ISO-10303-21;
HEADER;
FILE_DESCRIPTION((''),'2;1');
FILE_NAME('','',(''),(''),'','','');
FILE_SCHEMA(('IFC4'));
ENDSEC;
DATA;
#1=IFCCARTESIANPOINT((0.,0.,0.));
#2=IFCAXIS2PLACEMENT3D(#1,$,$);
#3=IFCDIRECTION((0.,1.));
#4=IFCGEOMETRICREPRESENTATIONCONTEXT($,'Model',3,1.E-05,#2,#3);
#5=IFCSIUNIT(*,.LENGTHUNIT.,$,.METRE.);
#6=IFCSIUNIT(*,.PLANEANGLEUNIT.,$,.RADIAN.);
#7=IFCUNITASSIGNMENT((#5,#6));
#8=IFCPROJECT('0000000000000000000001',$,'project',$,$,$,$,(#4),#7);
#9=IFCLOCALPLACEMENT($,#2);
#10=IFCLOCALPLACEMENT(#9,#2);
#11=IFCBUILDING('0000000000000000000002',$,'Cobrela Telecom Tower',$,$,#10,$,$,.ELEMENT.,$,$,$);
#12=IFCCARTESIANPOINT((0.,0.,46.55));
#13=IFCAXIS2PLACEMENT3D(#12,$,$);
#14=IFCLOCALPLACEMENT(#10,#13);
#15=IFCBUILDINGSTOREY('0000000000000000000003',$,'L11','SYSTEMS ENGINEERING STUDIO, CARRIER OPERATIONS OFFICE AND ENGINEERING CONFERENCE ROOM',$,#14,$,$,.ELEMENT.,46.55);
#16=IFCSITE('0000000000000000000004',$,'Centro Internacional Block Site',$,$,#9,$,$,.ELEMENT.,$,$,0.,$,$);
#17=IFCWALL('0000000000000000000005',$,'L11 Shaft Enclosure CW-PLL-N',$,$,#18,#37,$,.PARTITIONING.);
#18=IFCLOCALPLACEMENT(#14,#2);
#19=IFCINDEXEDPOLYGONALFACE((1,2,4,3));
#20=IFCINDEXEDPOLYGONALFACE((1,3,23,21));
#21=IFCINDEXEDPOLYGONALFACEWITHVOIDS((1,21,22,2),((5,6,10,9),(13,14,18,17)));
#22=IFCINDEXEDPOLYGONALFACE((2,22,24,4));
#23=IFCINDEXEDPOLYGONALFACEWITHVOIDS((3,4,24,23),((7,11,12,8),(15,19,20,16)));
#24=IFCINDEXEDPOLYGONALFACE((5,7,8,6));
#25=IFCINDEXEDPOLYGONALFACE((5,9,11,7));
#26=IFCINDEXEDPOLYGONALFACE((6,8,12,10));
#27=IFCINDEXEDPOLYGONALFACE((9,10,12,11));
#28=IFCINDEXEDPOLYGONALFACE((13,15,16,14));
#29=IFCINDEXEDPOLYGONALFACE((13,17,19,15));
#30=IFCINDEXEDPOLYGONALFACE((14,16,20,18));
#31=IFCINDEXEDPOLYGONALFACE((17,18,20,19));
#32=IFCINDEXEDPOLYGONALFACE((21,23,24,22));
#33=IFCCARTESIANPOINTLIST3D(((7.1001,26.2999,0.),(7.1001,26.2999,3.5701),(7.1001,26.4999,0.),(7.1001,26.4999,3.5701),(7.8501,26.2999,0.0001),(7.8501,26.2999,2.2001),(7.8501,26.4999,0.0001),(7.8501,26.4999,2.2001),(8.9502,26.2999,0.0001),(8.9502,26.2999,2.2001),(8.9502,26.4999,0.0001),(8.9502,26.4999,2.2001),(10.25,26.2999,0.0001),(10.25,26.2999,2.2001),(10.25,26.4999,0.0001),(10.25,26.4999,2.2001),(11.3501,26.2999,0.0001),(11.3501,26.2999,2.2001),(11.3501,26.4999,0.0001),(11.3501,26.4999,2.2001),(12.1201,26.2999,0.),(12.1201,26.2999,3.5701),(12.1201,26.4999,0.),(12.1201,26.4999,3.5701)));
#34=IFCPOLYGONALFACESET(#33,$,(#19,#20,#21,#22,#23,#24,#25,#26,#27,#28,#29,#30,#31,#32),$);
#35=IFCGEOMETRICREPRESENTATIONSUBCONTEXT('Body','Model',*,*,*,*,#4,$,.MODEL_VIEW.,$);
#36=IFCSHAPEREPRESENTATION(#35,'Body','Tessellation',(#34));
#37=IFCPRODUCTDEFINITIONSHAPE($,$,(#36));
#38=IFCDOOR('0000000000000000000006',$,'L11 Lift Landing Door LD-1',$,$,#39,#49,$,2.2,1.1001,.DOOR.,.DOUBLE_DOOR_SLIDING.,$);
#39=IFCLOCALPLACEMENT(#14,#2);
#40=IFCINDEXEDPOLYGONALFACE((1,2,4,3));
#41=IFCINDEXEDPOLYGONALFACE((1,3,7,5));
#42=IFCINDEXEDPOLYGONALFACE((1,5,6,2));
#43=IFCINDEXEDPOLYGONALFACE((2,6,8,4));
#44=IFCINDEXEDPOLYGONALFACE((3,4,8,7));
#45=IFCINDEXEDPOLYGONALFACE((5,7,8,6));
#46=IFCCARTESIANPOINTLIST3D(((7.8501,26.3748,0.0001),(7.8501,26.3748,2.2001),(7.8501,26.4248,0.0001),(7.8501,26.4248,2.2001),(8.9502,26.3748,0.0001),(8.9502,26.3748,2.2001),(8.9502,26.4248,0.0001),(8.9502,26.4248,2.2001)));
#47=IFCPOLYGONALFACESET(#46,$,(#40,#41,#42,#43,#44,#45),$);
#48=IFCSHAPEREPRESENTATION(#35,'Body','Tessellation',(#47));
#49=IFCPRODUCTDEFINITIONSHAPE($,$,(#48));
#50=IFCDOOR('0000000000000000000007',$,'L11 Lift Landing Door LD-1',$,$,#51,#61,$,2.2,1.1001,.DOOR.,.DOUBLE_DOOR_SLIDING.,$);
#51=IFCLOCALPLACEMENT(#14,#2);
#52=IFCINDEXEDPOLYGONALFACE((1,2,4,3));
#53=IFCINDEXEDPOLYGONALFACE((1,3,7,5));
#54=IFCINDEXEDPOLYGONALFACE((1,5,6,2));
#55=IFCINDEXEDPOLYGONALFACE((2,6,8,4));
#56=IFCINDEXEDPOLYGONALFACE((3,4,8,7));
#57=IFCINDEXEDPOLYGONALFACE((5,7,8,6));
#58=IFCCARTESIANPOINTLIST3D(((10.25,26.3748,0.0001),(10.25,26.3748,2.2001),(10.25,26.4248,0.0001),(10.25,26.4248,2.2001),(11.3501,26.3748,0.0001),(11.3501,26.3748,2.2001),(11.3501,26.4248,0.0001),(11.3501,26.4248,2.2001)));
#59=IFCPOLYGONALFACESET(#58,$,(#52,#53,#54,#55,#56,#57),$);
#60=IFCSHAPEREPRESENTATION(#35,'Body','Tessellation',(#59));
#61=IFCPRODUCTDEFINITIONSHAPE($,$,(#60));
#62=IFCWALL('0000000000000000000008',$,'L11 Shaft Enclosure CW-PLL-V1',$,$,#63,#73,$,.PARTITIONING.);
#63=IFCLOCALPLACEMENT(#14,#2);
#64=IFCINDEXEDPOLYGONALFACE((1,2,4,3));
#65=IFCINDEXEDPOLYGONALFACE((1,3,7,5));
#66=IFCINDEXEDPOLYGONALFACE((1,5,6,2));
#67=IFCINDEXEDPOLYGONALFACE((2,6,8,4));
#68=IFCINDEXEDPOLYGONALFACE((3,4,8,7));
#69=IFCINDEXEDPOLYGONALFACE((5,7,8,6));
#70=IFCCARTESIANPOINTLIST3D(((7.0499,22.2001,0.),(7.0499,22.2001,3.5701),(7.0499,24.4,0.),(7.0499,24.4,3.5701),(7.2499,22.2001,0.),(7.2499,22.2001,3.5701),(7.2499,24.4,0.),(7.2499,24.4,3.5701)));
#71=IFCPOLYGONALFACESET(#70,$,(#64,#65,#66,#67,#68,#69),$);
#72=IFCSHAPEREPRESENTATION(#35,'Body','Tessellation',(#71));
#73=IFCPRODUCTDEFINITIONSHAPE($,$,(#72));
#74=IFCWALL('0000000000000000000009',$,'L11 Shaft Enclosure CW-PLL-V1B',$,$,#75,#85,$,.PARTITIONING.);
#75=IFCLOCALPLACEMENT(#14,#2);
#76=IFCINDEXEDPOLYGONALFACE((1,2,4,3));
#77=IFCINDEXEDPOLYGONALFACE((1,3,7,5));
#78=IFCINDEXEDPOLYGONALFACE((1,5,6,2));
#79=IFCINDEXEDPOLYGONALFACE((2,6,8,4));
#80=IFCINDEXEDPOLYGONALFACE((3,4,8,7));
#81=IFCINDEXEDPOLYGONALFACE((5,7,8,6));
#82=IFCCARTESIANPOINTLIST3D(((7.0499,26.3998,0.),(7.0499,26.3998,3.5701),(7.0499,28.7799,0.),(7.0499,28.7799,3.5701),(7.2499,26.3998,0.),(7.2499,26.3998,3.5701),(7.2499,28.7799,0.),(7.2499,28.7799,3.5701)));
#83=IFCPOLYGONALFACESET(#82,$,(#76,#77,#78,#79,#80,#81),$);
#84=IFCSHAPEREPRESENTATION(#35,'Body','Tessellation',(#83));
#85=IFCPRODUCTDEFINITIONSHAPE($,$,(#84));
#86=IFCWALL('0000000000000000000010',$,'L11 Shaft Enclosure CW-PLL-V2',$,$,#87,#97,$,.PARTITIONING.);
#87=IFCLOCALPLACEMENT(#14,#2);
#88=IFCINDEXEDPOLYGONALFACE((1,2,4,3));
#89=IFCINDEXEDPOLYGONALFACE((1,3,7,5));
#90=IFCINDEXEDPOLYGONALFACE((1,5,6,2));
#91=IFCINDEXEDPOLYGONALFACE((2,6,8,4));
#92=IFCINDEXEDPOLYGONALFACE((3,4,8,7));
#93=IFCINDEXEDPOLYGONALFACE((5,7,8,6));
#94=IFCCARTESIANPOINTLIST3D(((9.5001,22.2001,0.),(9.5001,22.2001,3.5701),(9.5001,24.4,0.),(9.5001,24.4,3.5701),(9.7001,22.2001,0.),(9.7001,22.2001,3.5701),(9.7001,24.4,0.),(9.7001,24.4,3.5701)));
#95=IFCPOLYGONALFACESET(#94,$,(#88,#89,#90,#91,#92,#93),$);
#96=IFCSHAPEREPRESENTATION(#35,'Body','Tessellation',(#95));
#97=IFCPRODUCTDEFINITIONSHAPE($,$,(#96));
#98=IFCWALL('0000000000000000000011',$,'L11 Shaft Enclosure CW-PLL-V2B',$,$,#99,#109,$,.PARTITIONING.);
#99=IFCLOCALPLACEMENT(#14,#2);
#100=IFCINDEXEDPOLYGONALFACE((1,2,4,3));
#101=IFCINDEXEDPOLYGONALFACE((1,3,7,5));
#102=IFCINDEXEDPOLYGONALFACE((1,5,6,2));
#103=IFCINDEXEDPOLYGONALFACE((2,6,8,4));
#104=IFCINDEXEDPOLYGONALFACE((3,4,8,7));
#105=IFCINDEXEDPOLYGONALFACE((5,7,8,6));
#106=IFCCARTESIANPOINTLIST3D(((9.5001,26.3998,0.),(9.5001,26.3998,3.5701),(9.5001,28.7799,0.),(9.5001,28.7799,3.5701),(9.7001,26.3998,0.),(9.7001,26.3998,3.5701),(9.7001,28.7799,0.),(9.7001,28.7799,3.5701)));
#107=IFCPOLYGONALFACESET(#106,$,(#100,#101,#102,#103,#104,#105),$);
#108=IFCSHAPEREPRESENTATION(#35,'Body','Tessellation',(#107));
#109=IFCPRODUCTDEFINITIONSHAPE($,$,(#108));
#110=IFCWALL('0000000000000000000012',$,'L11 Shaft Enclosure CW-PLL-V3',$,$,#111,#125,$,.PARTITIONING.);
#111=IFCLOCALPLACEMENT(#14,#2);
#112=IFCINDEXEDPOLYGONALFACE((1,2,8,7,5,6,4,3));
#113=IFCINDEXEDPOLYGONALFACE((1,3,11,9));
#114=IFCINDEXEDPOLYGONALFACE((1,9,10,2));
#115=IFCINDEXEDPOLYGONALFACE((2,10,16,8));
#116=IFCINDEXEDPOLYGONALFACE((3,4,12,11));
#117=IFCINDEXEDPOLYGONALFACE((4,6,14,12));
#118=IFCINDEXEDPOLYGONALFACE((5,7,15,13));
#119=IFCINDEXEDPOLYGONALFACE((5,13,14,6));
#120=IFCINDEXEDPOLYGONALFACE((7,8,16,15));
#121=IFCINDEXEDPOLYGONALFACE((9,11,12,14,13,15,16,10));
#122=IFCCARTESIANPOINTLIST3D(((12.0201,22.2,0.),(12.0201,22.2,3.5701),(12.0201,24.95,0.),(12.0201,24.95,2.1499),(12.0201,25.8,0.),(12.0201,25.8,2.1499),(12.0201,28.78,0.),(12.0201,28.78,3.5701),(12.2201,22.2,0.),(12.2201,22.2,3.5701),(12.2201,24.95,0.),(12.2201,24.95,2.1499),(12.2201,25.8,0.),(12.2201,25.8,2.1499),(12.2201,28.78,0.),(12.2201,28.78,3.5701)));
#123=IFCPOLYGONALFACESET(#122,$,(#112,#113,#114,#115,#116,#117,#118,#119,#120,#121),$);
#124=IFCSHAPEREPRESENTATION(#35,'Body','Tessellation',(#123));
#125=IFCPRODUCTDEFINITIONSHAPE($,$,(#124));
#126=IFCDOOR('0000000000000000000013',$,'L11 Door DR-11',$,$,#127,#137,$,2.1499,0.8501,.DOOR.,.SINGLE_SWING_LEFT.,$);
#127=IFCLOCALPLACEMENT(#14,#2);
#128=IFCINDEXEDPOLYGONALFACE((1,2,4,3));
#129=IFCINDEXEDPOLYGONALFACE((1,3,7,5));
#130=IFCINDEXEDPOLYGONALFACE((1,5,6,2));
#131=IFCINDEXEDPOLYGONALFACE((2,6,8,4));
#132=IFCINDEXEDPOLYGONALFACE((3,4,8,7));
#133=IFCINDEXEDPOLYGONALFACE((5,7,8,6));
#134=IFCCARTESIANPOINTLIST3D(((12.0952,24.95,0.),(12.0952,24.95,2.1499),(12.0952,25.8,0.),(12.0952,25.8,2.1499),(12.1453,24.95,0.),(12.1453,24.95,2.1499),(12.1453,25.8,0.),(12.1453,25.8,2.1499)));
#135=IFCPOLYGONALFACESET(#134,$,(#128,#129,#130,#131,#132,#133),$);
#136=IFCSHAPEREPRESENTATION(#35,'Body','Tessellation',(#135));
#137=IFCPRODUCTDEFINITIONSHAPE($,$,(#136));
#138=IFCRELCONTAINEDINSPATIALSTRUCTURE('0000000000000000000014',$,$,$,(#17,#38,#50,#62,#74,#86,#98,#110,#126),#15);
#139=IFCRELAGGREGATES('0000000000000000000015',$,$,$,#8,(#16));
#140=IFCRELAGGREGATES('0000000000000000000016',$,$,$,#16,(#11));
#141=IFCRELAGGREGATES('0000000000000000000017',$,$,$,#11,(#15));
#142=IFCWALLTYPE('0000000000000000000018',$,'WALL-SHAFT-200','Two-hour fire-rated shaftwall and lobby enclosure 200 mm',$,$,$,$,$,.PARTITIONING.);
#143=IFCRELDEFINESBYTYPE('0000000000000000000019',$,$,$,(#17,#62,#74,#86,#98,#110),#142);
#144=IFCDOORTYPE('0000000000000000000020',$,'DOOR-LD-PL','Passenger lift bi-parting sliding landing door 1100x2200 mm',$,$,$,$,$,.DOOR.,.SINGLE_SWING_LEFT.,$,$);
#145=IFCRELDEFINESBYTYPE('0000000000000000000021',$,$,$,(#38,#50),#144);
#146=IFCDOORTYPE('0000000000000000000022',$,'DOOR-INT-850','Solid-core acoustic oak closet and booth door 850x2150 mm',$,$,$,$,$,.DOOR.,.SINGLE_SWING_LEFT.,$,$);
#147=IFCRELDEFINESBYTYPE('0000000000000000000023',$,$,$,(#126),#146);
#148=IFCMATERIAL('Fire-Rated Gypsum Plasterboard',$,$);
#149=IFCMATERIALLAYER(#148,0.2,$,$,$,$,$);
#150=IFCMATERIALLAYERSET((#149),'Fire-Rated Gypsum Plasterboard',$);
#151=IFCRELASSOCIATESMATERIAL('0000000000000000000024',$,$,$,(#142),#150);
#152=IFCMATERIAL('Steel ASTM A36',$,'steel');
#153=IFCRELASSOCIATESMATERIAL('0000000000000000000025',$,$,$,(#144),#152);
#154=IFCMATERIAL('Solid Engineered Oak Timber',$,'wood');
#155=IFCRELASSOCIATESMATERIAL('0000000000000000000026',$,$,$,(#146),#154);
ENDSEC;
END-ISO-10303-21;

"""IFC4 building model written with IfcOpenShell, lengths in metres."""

from ifc_helpers import new_model, si_unit, direction, frame, frame_2d, origin, place, context, subcontext, project, spatial, rectangle, extrude, material, layer, layer_set, type_object, element, fill, save


model = new_model("IFC4")

# Units and contexts
model_context = context("Model", 3, precision=1e-05, world=origin(), true_north=direction((0.0, 1.0)))
body_context = subcontext(model_context, "Body", "Model", "MODEL_VIEW")
ifc_project = project(units=[si_unit("LENGTHUNIT", "METRE"), si_unit("PLANEANGLEUNIT", "RADIAN")], contexts=[model_context])

# Site, building, storey
site_placement = place(None, origin())
site = spatial("IfcSite", under=ifc_project, at=site_placement, Name="Centro Internacional Block Site", CompositionType="ELEMENT", RefElevation=0.0)
building_placement = place(site_placement, origin())
building = spatial("IfcBuilding", under=site, at=building_placement, Name="Cobrela Telecom Tower", CompositionType="ELEMENT")
storey_placement = place(building_placement, frame((0.0, 0.0, 46.55)))
storey = spatial("IfcBuildingStorey", under=building, at=storey_placement, Name="L11", Description="SYSTEMS ENGINEERING STUDIO, CARRIER OPERATIONS OFFICE AND ENGINEERING CONFERENCE ROOM", CompositionType="ELEMENT", Elevation=46.55)

# Shared definitions
ifc_material_1 = material(Name="Fire-Rated Gypsum Plasterboard")
ifc_layer_1 = layer(ifc_material_1, 0.2)
ifc_layer_set_1 = layer_set([ifc_layer_1], Name="Fire-Rated Gypsum Plasterboard")
wall_type_1 = type_object("IfcWallType", Name="WALL-SHAFT-200", Description="Two-hour fire-rated shaftwall and lobby enclosure 200 mm", PredefinedType="PARTITIONING", material=ifc_layer_set_1)

# Wall, openings, doors
ifc_material_2 = material(Name="Steel ASTM A36", Category="steel")
door_type_1 = type_object("IfcDoorType", Name="DOOR-LD-PL", Description="Passenger lift bi-parting sliding landing door 1100x2200 mm", OperationType="SINGLE_SWING_LEFT", PredefinedType="DOOR", material=ifc_material_2)
wall_1_placement = place(storey_placement, frame((7.1001, 26.3999, 0.0), z_axis=(0.0, 0.0, 1.0), x_axis=(1.0, 0.0, 0.0)))
wall_1 = element("IfcWall", 1, at=wall_1_placement, inside=storey, type_object=wall_type_1, Name="L11 Shaft Enclosure CW-PLL-N", PredefinedType="PARTITIONING", context=body_context, shape_type="SweptSolid", body=[
    extrude(rectangle(XDim=5.02, YDim=0.2, at=frame_2d((2.51, 0.0))), origin(), (0.0, 0.0, 1.0), 3.5701),
])
opening_1_placement = place(wall_1_placement, frame((0.75, 0.0, 0.0)))
opening_1 = element("IfcOpeningElement", 2, at=opening_1_placement, cuts=wall_1, PredefinedType="OPENING", context=body_context, shape_type="SweptSolid", body=[
    extrude(rectangle(XDim=1.1001, YDim=2.2, at=frame_2d((0.55, 1.1001))), frame((0.0, 0.1118, 0.0), z_axis=(0.0, -1.0, 0.0), x_axis=(1.0, 0.0, 0.0)), (0.0, 0.0, 1.0), 0.2239),
])
opening_2_placement = place(wall_1_placement, frame((3.1499, 0.0, 0.0)))
opening_2 = element("IfcOpeningElement", 3, at=opening_2_placement, cuts=wall_1, PredefinedType="OPENING", context=body_context, shape_type="SweptSolid", body=[
    extrude(rectangle(XDim=1.1001, YDim=2.2, at=frame_2d((0.55, 1.1001))), frame((0.0, 0.1118, 0.0), z_axis=(0.0, -1.0, 0.0), x_axis=(1.0, 0.0, 0.0)), (0.0, 0.0, 1.0), 0.2239),
])
door_1_placement = place(opening_1_placement, origin())
door_1 = element("IfcDoor", 4, at=door_1_placement, inside=storey, type_object=door_type_1, Name="L11 Lift Landing Door LD-1", OperationType="DOUBLE_DOOR_SLIDING", OverallHeight=2.2, OverallWidth=1.1001, PredefinedType="DOOR", context=body_context, shape_type="SweptSolid", body=[
    extrude(rectangle(XDim=1.1001, YDim=2.2, at=frame_2d((0.55, 1.1001))), frame((0.0, 0.0249, 0.0), z_axis=(0.0, -1.0, 0.0), x_axis=(1.0, 0.0, 0.0)), (0.0, 0.0, 1.0), 0.05),
])
fill(opening_1, door_1)
door_2_placement = place(opening_2_placement, origin())
door_2 = element("IfcDoor", 5, at=door_2_placement, inside=storey, type_object=door_type_1, Name="L11 Lift Landing Door LD-1", OperationType="DOUBLE_DOOR_SLIDING", OverallHeight=2.2, OverallWidth=1.1001, PredefinedType="DOOR", context=body_context, shape_type="SweptSolid", body=[
    extrude(rectangle(XDim=1.1001, YDim=2.2, at=frame_2d((0.55, 1.1001))), frame((0.0, 0.0249, 0.0), z_axis=(0.0, -1.0, 0.0), x_axis=(1.0, 0.0, 0.0)), (0.0, 0.0, 1.0), 0.05),
])
fill(opening_2, door_2)

# Walls
wall_2_placement = place(storey_placement, frame((7.1499, 22.2, 0.0), z_axis=(0.0, 0.0, 1.0), x_axis=(0.0, 1.0, 0.0)))
element("IfcWall", 6, at=wall_2_placement, inside=storey, type_object=wall_type_1, Name="L11 Shaft Enclosure CW-PLL-V1", PredefinedType="PARTITIONING", context=body_context, shape_type="SweptSolid", body=[
    extrude(rectangle(XDim=2.2, YDim=0.2, at=frame_2d((1.1001, 0.0))), origin(), (0.0, 0.0, 1.0), 3.5701),
])
wall_3_placement = place(storey_placement, frame((7.1499, 26.3999, 0.0), z_axis=(0.0, 0.0, 1.0), x_axis=(0.0, 1.0, 0.0)))
element("IfcWall", 7, at=wall_3_placement, inside=storey, type_object=wall_type_1, Name="L11 Shaft Enclosure CW-PLL-V1B", PredefinedType="PARTITIONING", context=body_context, shape_type="SweptSolid", body=[
    extrude(rectangle(XDim=2.3801, YDim=0.2, at=frame_2d((1.1899, 0.0))), origin(), (0.0, 0.0, 1.0), 3.5701),
])
wall_4_placement = place(storey_placement, frame((9.6001, 22.2, 0.0), z_axis=(0.0, 0.0, 1.0), x_axis=(0.0, 1.0, 0.0)))
element("IfcWall", 8, at=wall_4_placement, inside=storey, type_object=wall_type_1, Name="L11 Shaft Enclosure CW-PLL-V2", PredefinedType="PARTITIONING", context=body_context, shape_type="SweptSolid", body=[
    extrude(rectangle(XDim=2.2, YDim=0.2, at=frame_2d((1.1001, 0.0))), origin(), (0.0, 0.0, 1.0), 3.5701),
])
wall_5_placement = place(storey_placement, frame((9.6001, 26.3999, 0.0), z_axis=(0.0, 0.0, 1.0), x_axis=(0.0, 1.0, 0.0)))
element("IfcWall", 9, at=wall_5_placement, inside=storey, type_object=wall_type_1, Name="L11 Shaft Enclosure CW-PLL-V2B", PredefinedType="PARTITIONING", context=body_context, shape_type="SweptSolid", body=[
    extrude(rectangle(XDim=2.3801, YDim=0.2, at=frame_2d((1.1899, 0.0))), origin(), (0.0, 0.0, 1.0), 3.5701),
])

# Wall, opening, door
wall_6_placement = place(storey_placement, frame((12.1201, 22.2, 0.0), z_axis=(0.0, 0.0, 1.0), x_axis=(0.0, 1.0, 0.0)))
wall_6 = element("IfcWall", 10, at=wall_6_placement, inside=storey, type_object=wall_type_1, Name="L11 Shaft Enclosure CW-PLL-V3", PredefinedType="PARTITIONING", context=body_context, shape_type="SweptSolid", body=[
    extrude(rectangle(XDim=6.5801, YDim=0.2, at=frame_2d((3.29, 0.0))), origin(), (0.0, 0.0, 1.0), 3.5701),
])
opening_3_placement = place(wall_6_placement, frame((2.75, 0.0, 0.0)))
opening_3 = element("IfcOpeningElement", 11, at=opening_3_placement, cuts=wall_6, PredefinedType="OPENING", context=body_context, shape_type="SweptSolid", body=[
    extrude(rectangle(XDim=0.8501, YDim=2.1499, at=frame_2d((0.425, 1.075))), frame((0.0, 0.1118, 0.0), z_axis=(0.0, -1.0, 0.0), x_axis=(1.0, 0.0, 0.0)), (0.0, 0.0, 1.0), 0.2239),
])
ifc_material_3 = material(Name="Solid Engineered Oak Timber", Category="wood")
door_type_2 = type_object("IfcDoorType", Name="DOOR-INT-850", Description="Solid-core acoustic oak closet and booth door 850x2150 mm", OperationType="SINGLE_SWING_LEFT", PredefinedType="DOOR", material=ifc_material_3)
door_3_placement = place(opening_3_placement, origin())
door_3 = element("IfcDoor", 12, at=door_3_placement, inside=storey, type_object=door_type_2, Name="L11 Door DR-11", OperationType="SINGLE_SWING_LEFT", OverallHeight=2.1499, OverallWidth=0.8501, PredefinedType="DOOR", context=body_context, shape_type="SweptSolid", body=[
    extrude(rectangle(XDim=0.8501, YDim=2.1499, at=frame_2d((0.425, 1.075))), frame((0.0, 0.0249, 0.0), z_axis=(0.0, -1.0, 0.0), x_axis=(1.0, 0.0, 0.0)), (0.0, 0.0, 1.0), 0.05),
])
fill(opening_3, door_3)

save(model, "model.ifc")
